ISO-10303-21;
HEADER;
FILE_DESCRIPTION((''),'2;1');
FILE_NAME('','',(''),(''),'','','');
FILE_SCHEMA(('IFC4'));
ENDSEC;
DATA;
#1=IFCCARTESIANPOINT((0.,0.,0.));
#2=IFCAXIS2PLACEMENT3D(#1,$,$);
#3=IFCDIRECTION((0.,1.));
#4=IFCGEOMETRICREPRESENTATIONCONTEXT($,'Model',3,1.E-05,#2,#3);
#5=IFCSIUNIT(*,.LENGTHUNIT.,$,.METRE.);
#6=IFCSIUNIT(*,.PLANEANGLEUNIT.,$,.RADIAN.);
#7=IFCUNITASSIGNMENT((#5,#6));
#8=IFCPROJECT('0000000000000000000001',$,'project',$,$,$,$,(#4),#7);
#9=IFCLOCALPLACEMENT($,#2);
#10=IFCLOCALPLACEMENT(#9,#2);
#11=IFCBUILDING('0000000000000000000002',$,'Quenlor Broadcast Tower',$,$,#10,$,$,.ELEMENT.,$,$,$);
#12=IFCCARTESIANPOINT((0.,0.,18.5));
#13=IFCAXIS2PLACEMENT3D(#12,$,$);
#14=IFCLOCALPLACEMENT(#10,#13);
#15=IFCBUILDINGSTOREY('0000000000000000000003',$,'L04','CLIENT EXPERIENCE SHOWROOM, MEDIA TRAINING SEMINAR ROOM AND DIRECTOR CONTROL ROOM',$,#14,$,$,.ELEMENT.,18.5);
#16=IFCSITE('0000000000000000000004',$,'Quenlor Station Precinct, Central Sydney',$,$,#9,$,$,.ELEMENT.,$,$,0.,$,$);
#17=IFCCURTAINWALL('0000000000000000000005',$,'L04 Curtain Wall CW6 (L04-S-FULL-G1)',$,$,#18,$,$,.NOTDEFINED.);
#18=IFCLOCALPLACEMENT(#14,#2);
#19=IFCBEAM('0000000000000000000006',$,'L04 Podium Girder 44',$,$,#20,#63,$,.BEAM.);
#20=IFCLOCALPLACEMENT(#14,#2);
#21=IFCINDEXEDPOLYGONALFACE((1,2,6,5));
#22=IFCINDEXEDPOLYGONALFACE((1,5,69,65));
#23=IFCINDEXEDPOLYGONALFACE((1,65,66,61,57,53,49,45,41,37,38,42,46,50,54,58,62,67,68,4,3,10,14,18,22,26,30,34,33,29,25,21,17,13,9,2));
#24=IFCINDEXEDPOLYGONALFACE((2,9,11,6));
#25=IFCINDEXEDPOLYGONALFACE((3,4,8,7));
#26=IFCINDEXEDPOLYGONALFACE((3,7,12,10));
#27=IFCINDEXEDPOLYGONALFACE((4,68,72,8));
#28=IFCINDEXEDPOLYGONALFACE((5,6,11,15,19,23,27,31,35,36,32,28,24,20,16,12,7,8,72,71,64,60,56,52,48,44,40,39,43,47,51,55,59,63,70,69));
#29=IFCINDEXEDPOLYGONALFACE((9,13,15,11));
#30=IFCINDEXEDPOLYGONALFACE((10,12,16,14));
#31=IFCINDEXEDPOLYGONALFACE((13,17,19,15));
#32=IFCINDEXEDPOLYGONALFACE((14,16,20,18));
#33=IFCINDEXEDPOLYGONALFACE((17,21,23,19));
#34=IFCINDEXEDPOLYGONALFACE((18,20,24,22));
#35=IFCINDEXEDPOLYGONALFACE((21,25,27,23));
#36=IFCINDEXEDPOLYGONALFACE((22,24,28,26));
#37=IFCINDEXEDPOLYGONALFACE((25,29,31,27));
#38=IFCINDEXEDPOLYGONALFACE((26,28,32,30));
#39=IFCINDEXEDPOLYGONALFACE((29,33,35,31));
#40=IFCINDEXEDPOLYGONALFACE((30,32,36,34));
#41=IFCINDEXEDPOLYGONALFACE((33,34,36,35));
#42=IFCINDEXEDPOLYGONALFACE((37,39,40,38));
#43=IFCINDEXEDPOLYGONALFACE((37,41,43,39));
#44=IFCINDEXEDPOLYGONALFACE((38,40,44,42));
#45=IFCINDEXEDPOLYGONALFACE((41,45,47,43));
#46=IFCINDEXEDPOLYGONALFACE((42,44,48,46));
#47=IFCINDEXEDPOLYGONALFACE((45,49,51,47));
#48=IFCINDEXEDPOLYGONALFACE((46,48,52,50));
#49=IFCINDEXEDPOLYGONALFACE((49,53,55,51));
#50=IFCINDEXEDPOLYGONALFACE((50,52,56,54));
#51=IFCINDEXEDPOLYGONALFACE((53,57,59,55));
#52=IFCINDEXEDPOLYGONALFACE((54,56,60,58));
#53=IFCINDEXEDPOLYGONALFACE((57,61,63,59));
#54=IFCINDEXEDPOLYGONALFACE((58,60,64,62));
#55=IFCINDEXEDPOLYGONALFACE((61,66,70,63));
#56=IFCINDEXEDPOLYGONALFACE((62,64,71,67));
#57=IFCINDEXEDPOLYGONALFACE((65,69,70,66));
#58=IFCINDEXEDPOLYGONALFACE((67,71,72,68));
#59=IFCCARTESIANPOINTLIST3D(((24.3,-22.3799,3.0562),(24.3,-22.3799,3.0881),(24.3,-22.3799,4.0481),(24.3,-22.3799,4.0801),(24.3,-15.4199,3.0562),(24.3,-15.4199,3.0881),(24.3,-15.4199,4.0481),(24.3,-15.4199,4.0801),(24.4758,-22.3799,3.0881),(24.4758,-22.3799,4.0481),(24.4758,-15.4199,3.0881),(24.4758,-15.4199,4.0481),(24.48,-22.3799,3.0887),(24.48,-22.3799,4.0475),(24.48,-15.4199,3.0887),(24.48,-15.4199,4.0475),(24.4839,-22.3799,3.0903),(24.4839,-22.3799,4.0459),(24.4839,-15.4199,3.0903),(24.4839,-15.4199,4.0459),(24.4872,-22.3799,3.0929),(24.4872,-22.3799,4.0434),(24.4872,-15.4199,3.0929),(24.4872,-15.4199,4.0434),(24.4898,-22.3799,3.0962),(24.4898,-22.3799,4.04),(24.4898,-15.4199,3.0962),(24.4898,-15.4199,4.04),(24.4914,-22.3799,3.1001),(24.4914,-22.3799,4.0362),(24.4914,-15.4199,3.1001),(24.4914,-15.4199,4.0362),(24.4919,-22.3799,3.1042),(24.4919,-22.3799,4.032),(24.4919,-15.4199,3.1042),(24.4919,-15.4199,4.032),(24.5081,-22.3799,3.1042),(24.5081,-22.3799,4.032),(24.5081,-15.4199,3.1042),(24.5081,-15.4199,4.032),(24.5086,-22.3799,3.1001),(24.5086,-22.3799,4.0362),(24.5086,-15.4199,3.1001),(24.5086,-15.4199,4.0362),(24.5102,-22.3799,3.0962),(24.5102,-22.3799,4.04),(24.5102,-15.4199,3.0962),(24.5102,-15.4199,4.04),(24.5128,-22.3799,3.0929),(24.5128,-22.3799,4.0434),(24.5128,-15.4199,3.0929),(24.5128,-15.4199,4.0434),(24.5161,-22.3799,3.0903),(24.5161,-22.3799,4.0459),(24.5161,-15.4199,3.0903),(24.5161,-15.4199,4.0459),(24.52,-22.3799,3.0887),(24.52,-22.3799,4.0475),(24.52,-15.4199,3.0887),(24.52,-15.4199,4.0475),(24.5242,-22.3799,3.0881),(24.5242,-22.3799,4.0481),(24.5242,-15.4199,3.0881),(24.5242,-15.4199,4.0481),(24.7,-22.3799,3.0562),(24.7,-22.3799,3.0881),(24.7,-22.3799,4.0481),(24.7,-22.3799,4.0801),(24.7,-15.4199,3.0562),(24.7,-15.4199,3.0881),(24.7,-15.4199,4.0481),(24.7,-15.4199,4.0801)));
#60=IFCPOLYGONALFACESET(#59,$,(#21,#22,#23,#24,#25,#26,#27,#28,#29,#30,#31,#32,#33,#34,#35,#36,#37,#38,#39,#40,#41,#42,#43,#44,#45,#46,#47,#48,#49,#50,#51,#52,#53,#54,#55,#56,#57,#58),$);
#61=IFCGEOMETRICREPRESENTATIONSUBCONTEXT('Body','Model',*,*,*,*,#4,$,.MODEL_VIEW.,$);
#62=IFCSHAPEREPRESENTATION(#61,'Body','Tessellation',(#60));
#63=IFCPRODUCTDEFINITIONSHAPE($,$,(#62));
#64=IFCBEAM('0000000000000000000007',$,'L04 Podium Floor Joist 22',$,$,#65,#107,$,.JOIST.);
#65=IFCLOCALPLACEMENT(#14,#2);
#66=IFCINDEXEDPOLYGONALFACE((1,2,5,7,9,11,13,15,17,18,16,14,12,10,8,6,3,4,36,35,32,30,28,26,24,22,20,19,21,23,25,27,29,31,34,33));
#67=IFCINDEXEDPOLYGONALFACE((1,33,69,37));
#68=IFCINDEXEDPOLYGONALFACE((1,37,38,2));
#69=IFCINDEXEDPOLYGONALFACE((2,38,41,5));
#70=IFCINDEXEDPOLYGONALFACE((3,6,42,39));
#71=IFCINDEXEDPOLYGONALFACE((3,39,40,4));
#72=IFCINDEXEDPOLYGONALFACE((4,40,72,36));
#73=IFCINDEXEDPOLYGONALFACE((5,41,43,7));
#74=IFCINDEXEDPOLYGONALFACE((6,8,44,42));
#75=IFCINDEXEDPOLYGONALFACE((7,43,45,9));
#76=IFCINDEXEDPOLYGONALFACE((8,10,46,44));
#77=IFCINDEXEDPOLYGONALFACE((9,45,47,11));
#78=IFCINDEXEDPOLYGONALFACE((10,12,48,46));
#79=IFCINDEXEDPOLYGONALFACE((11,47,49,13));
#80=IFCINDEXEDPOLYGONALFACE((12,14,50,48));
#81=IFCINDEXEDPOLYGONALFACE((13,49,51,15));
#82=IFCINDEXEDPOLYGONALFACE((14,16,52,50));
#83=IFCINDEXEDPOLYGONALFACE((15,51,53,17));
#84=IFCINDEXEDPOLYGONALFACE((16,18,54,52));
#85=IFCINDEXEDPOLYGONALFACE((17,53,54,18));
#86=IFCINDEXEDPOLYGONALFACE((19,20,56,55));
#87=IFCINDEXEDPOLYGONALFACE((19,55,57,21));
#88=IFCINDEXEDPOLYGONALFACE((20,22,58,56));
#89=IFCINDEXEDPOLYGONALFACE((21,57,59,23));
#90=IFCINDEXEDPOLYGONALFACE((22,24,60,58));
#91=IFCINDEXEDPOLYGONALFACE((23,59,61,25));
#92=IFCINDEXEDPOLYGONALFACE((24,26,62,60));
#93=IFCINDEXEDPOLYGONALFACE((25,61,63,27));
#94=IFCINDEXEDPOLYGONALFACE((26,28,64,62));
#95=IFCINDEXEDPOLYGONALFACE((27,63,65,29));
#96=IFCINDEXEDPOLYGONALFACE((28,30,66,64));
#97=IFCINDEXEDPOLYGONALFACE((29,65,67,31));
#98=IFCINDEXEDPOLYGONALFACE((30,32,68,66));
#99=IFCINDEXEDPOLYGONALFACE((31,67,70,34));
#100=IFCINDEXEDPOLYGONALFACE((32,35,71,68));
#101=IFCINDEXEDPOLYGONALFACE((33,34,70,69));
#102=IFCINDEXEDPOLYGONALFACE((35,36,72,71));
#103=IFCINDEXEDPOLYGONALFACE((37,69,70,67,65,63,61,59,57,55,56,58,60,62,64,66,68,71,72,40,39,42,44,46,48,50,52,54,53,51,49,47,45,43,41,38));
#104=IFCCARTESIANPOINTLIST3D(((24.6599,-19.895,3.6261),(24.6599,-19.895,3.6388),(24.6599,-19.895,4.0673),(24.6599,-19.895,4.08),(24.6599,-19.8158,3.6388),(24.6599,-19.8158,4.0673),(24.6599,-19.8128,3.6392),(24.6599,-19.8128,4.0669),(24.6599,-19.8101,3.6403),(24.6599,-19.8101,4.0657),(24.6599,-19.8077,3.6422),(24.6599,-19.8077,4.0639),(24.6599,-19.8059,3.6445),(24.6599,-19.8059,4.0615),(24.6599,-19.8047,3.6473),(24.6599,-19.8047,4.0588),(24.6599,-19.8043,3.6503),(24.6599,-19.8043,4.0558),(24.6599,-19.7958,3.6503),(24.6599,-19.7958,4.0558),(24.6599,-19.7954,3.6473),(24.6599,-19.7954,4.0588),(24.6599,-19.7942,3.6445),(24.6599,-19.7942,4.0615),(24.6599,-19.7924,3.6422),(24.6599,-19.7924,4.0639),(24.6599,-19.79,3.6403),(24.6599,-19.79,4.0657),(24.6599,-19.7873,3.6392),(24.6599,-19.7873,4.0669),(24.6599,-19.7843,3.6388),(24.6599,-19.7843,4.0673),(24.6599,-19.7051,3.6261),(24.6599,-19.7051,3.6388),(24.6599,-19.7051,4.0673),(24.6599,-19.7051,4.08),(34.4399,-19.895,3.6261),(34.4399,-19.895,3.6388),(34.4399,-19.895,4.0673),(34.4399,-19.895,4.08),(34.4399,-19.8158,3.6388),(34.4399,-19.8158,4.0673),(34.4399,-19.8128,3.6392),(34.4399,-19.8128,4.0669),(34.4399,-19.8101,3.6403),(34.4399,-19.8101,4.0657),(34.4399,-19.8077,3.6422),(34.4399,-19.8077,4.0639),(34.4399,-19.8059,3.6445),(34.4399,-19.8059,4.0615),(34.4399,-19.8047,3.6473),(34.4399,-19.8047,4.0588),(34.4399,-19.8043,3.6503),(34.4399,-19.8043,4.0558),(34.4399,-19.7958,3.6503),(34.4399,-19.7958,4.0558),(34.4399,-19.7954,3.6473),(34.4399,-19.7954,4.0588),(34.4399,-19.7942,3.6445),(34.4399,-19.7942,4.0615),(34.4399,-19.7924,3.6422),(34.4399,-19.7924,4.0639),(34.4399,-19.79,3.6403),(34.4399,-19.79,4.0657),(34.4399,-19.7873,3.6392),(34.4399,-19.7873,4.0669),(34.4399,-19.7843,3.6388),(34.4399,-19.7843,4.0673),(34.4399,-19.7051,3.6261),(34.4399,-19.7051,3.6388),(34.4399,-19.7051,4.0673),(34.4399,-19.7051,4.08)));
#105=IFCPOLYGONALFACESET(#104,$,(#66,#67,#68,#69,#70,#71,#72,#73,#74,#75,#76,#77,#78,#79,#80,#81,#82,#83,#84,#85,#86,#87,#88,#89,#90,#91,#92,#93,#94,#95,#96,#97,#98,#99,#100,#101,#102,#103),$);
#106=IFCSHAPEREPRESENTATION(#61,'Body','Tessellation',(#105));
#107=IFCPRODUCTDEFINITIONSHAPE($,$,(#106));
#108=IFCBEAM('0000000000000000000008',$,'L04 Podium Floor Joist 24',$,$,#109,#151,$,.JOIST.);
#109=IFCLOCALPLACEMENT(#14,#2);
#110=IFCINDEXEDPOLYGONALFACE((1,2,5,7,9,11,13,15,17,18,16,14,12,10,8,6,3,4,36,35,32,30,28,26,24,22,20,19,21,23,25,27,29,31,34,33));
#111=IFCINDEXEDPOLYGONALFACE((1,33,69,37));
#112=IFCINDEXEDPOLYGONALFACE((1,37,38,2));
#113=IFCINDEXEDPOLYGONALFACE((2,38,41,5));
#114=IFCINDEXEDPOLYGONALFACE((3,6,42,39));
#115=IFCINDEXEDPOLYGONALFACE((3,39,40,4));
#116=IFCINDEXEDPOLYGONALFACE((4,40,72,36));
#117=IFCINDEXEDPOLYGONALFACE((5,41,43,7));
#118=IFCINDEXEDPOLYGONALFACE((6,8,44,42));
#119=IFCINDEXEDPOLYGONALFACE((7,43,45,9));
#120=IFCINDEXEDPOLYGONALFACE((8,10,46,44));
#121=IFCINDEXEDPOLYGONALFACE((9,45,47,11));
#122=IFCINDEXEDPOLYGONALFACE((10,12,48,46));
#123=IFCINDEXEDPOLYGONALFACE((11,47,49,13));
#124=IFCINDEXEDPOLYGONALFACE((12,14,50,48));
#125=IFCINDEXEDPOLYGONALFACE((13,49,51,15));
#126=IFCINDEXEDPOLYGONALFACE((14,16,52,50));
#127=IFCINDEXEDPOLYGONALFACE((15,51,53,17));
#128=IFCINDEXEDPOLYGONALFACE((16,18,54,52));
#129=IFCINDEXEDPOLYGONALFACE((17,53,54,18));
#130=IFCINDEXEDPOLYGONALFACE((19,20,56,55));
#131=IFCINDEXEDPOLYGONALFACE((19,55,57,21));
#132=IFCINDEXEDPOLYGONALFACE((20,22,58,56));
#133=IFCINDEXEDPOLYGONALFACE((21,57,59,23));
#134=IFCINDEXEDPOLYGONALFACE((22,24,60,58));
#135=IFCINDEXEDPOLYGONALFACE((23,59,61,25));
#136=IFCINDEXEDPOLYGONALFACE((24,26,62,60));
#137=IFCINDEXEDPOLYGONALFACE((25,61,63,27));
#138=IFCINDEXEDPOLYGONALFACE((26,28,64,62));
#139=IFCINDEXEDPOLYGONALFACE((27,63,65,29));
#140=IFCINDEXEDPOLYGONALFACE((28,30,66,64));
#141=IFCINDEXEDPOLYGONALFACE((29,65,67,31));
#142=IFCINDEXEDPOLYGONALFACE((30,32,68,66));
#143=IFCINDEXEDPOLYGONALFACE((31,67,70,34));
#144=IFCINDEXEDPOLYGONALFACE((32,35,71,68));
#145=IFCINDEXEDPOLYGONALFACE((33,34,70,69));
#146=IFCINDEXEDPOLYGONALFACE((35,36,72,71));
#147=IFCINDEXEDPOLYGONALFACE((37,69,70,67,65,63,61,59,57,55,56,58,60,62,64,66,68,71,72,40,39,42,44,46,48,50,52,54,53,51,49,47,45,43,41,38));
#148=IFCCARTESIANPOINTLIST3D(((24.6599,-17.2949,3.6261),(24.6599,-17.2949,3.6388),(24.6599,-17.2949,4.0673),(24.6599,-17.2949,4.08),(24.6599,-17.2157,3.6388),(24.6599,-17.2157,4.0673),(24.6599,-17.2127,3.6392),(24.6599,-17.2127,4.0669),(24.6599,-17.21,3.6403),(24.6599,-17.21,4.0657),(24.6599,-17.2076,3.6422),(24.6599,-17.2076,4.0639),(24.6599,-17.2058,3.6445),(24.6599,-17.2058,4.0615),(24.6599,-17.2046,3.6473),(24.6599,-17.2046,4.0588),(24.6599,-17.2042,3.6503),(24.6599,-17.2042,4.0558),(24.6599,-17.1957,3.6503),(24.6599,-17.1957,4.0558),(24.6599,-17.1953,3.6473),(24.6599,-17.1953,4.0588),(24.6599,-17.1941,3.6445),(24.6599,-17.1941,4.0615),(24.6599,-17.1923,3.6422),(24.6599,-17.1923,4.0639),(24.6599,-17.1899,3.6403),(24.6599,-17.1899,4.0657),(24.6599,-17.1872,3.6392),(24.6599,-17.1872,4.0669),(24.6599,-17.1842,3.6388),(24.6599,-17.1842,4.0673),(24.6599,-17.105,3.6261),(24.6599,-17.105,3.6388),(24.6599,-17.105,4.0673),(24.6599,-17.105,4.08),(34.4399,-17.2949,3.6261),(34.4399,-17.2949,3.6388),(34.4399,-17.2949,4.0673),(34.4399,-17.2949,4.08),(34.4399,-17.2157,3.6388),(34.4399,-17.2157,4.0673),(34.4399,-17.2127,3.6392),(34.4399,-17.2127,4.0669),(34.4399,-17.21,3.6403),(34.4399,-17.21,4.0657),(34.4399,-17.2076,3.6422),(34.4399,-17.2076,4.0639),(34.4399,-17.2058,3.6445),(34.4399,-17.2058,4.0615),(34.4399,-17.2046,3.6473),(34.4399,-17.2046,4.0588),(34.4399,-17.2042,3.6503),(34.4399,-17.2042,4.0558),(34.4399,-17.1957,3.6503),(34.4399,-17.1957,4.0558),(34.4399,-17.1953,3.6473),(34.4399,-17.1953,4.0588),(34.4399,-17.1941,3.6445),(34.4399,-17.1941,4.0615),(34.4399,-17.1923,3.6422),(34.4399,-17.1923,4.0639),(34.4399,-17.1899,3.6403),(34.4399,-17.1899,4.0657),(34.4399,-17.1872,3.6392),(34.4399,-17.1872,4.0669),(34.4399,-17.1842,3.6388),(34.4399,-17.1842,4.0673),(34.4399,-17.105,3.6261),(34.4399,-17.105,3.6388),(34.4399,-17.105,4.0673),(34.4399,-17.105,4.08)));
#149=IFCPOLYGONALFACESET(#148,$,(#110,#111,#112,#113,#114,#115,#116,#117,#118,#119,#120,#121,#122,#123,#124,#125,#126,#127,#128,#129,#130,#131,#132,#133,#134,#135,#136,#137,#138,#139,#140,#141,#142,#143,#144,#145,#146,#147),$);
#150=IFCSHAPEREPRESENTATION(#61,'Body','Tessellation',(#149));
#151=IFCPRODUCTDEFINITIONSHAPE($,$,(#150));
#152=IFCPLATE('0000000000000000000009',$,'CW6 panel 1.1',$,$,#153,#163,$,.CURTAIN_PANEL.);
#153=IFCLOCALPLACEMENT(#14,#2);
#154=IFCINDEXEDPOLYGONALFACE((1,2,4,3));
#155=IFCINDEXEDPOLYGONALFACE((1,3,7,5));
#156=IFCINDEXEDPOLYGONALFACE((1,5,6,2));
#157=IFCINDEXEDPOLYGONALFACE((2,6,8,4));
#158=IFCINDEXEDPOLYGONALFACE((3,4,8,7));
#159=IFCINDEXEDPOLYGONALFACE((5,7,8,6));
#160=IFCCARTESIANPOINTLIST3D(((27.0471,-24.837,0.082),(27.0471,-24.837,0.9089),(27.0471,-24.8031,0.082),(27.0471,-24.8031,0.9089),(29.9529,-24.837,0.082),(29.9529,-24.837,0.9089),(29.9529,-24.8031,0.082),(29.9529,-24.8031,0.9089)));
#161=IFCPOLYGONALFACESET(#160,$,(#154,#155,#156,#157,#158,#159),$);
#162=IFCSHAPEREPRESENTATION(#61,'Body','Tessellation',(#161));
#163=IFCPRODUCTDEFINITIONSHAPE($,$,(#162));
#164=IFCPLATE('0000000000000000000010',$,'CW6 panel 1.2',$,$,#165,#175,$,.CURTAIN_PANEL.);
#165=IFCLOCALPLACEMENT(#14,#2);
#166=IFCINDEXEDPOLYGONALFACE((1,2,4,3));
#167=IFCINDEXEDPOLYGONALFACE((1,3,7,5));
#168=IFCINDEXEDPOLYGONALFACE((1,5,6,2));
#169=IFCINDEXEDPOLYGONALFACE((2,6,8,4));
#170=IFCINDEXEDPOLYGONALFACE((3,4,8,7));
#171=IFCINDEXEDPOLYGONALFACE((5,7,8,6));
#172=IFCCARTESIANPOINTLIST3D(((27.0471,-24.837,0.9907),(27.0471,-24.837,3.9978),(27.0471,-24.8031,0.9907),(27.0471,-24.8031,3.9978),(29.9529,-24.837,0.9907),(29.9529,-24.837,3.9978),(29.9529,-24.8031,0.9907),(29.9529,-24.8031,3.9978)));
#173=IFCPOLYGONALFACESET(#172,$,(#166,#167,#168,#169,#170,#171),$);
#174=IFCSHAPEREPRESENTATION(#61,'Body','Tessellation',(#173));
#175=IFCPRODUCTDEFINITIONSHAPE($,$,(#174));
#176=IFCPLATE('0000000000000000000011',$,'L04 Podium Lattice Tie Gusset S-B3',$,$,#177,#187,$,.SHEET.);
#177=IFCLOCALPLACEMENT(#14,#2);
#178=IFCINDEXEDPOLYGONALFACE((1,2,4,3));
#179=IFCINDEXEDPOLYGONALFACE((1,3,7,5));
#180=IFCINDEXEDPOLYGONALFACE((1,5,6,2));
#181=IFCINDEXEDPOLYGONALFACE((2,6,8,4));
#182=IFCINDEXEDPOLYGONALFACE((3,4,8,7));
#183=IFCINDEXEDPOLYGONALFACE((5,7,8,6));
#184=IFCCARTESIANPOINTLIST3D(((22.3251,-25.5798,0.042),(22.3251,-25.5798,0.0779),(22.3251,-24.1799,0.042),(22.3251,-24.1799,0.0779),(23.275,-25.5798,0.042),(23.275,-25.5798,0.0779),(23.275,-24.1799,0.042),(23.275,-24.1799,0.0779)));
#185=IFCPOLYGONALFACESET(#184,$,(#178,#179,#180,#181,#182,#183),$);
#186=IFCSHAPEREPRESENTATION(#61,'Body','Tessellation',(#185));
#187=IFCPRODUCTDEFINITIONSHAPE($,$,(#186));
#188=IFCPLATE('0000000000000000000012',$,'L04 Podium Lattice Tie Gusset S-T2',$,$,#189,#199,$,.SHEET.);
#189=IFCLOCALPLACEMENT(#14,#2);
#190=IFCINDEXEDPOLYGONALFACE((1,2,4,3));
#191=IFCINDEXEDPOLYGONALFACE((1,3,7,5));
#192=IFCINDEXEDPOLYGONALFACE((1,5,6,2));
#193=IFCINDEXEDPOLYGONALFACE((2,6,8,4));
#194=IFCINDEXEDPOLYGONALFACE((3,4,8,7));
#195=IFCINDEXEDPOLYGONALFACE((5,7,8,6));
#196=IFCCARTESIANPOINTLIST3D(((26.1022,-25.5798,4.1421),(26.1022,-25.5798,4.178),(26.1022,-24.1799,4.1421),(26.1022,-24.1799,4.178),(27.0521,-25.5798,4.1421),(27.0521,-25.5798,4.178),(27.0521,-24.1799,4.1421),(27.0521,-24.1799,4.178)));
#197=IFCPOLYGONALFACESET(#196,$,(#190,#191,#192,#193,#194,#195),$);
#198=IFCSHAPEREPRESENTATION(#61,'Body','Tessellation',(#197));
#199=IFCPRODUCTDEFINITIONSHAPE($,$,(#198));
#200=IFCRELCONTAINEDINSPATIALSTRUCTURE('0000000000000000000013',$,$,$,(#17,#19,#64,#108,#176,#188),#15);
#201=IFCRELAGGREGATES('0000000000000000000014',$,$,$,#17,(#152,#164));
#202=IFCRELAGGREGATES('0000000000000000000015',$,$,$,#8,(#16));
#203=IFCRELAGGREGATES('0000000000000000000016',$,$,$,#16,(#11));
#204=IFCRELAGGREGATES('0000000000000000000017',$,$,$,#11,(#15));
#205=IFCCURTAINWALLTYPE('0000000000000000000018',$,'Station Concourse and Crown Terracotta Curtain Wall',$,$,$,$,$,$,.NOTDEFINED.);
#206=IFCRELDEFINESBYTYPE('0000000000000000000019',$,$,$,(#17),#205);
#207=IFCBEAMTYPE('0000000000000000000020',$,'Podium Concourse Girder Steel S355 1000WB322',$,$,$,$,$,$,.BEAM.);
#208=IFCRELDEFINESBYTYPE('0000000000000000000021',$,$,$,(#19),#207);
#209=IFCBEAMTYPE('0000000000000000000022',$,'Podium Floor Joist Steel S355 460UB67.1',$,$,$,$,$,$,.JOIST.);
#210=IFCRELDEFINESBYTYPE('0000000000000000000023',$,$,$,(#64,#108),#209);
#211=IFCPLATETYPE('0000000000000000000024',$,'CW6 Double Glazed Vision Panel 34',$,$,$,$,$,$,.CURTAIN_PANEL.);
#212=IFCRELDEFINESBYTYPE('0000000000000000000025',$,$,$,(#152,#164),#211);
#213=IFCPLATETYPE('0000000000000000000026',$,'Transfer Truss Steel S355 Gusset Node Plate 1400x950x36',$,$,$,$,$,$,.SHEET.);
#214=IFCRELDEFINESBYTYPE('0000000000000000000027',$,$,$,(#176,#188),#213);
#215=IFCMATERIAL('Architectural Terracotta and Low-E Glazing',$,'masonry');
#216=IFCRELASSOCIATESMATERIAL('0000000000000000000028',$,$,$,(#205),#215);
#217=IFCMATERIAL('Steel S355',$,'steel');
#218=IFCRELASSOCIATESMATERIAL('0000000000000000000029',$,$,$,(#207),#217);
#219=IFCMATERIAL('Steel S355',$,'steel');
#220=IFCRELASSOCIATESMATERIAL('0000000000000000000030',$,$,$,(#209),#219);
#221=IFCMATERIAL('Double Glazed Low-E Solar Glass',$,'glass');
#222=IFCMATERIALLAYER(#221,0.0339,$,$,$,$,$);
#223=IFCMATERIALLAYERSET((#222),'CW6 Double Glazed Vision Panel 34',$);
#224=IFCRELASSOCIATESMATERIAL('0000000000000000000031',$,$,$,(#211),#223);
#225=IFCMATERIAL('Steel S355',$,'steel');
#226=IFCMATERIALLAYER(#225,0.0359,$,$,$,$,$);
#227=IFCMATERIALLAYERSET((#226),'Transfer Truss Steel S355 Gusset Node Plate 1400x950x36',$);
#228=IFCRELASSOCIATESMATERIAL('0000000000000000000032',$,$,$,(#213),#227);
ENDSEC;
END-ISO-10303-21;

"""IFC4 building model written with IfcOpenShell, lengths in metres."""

from ifc_helpers import new_model, si_unit, direction, frame, origin, origin_2d, place, context, subcontext, project, spatial, rectangle, i_section, extrude, material, layer, layer_set, material_profile, profile_set, type_object, element, aggregate, save


model = new_model("IFC4")

# Units and contexts
model_context = context("Model", 3, precision=1e-05, world=origin(), true_north=direction((0.0, 1.0)))
body_context = subcontext(model_context, "Body", "Model", "MODEL_VIEW")
ifc_project = project(units=[si_unit("LENGTHUNIT", "METRE"), si_unit("PLANEANGLEUNIT", "RADIAN")], contexts=[model_context])

# Site, building, storey
site_placement = place(None, origin())
site = spatial("IfcSite", under=ifc_project, at=site_placement, Name="Quenlor Station Precinct, Central Sydney", CompositionType="ELEMENT", RefElevation=0.0)
building_placement = place(site_placement, origin())
building = spatial("IfcBuilding", under=site, at=building_placement, Name="Quenlor Broadcast Tower", CompositionType="ELEMENT")
storey_placement = place(building_placement, frame((0.0, 0.0, 18.5)))
storey = spatial("IfcBuildingStorey", under=building, at=storey_placement, Name="L04", Description="CLIENT EXPERIENCE SHOWROOM, MEDIA TRAINING SEMINAR ROOM AND DIRECTOR CONTROL ROOM", CompositionType="ELEMENT", Elevation=18.5)

# Curtain wall
ifc_material_1 = material(Name="Architectural Terracotta and Low-E Glazing", Category="masonry")
curtain_wall_type = type_object("IfcCurtainWallType", Name="Station Concourse and Crown Terracotta Curtain Wall", PredefinedType="NOTDEFINED", material=ifc_material_1)
curtain_wall_1_placement = place(storey_placement, origin())
curtain_wall_1 = element("IfcCurtainWall", 1, at=curtain_wall_1_placement, inside=storey, type_object=curtain_wall_type, Name="L04 Curtain Wall CW6 (L04-S-FULL-G1)", PredefinedType="NOTDEFINED")

# Beams
ifc_material_2 = material(Name="Steel S355", Category="steel")
ifc_material_profile_1 = material_profile(ifc_material_2, i_section(OverallWidth=0.3999, OverallDepth=1.0239, WebThickness=0.0161, FlangeThickness=0.032, FilletRadius=0.0161, at=origin_2d()))
ifc_profile_set_1 = profile_set([ifc_material_profile_1], Name="Steel S355 1000WB322")
beam_type_1 = type_object("IfcBeamType", Name="Podium Concourse Girder Steel S355 1000WB322", PredefinedType="BEAM", material=ifc_profile_set_1)
beam_1_placement = place(storey_placement, frame((24.5, -22.3799, 3.5681), z_axis=(0.0, 1.0, 0.0), x_axis=(-1.0, 0.0, 0.0)))
element("IfcBeam", 2, at=beam_1_placement, inside=storey, type_object=beam_type_1, Name="L04 Podium Girder 44", PredefinedType="BEAM", context=body_context, shape_type="SweptSolid", body=[
    extrude(i_section(OverallWidth=0.3999, OverallDepth=1.0239, WebThickness=0.0161, FlangeThickness=0.032, FilletRadius=0.0161, at=origin_2d()), origin(), (0.0, 0.0, 1.0), 6.96),
])
ifc_material_3 = material(Name="Steel S355", Category="steel")
ifc_material_profile_2 = material_profile(ifc_material_3, i_section(OverallWidth=0.1899, OverallDepth=0.4539, WebThickness=0.0085, FlangeThickness=0.0127, FilletRadius=0.0115, at=origin_2d()))
ifc_profile_set_2 = profile_set([ifc_material_profile_2], Name="Steel S355 460UB67.1")
beam_type_2 = type_object("IfcBeamType", Name="Podium Floor Joist Steel S355 460UB67.1", PredefinedType="JOIST", material=ifc_profile_set_2)
for number, where, z_axis, x_axis, name in (
    (3, (24.6599, -19.8, 3.853), (1.0, 0.0, 0.0), (0.0, 1.0, 0.0), "L04 Podium Floor Joist 22"),
    (4, (24.6599, -17.2, 3.853), (1.0, 0.0, 0.0), (0.0, 1.0, 0.0), "L04 Podium Floor Joist 24"),
):
    element("IfcBeam", number, at=place(storey_placement, frame(where, z_axis=z_axis, x_axis=x_axis)), inside=storey, type_object=beam_type_2, Name=name, PredefinedType="JOIST", context=body_context, shape_type="SweptSolid", body=[
        extrude(i_section(OverallWidth=0.1899, OverallDepth=0.4539, WebThickness=0.0085, FlangeThickness=0.0127, FilletRadius=0.0115, at=origin_2d()), origin(), (0.0, 0.0, 1.0), 9.78),
    ])

# Plates
ifc_material_4 = material(Name="Double Glazed Low-E Solar Glass", Category="glass")
ifc_layer_1 = layer(ifc_material_4, 0.0339)
ifc_layer_set_1 = layer_set([ifc_layer_1], Name="CW6 Double Glazed Vision Panel 34")
plate_type_1 = type_object("IfcPlateType", Name="CW6 Double Glazed Vision Panel 34", PredefinedType="CURTAIN_PANEL", material=ifc_layer_set_1)
plate_1_placement = place(storey_placement, frame((28.5, -24.8201, 0.082), z_axis=(0.0, 0.0, 1.0), x_axis=(-1.0, 0.0, 0.0)))
plate_1 = element("IfcPlate", 5, at=plate_1_placement, type_object=plate_type_1, Name="CW6 panel 1.1", PredefinedType="CURTAIN_PANEL", context=body_context, shape_type="SweptSolid", body=[
    extrude(rectangle(XDim=2.9058, YDim=0.0339, at=origin_2d()), origin(), (0.0, 0.0, 1.0), 0.8269),
])
plate_2_placement = place(storey_placement, frame((28.5, -24.8201, 0.9907), z_axis=(0.0, 0.0, 1.0), x_axis=(-1.0, 0.0, 0.0)))
plate_2 = element("IfcPlate", 6, at=plate_2_placement, type_object=plate_type_1, Name="CW6 panel 1.2", PredefinedType="CURTAIN_PANEL", context=body_context, shape_type="SweptSolid", body=[
    extrude(rectangle(XDim=2.9058, YDim=0.0339, at=origin_2d()), origin(), (0.0, 0.0, 1.0), 3.0071),
])
aggregate(curtain_wall_1, [plate_1, plate_2])

# Plates
ifc_material_5 = material(Name="Steel S355", Category="steel")
ifc_layer_2 = layer(ifc_material_5, 0.0359)
ifc_layer_set_2 = layer_set([ifc_layer_2], Name="Transfer Truss Steel S355 Gusset Node Plate 1400x950x36")
plate_type_2 = type_object("IfcPlateType", Name="Transfer Truss Steel S355 Gusset Node Plate 1400x950x36", PredefinedType="SHEET", material=ifc_layer_set_2)
for number, where, z_axis, x_axis, name in (
    (7, (22.8, -24.8799, 0.042), (0.0, 0.0, 1.0), (0.0, -1.0, 0.0), "L04 Podium Lattice Tie Gusset S-B3"),
    (8, (26.5771, -24.8799, 4.1421), (0.0, 0.0, 1.0), (0.0, -1.0, 0.0), "L04 Podium Lattice Tie Gusset S-T2"),
):
    element("IfcPlate", number, at=place(storey_placement, frame(where, z_axis=z_axis, x_axis=x_axis)), inside=storey, type_object=plate_type_2, Name=name, PredefinedType="SHEET", context=body_context, shape_type="SweptSolid", body=[
        extrude(rectangle(XDim=1.3999, YDim=0.95, at=origin_2d()), origin(), (0.0, 0.0, 1.0), 0.0359),
    ])

save(model, "model.ifc")
